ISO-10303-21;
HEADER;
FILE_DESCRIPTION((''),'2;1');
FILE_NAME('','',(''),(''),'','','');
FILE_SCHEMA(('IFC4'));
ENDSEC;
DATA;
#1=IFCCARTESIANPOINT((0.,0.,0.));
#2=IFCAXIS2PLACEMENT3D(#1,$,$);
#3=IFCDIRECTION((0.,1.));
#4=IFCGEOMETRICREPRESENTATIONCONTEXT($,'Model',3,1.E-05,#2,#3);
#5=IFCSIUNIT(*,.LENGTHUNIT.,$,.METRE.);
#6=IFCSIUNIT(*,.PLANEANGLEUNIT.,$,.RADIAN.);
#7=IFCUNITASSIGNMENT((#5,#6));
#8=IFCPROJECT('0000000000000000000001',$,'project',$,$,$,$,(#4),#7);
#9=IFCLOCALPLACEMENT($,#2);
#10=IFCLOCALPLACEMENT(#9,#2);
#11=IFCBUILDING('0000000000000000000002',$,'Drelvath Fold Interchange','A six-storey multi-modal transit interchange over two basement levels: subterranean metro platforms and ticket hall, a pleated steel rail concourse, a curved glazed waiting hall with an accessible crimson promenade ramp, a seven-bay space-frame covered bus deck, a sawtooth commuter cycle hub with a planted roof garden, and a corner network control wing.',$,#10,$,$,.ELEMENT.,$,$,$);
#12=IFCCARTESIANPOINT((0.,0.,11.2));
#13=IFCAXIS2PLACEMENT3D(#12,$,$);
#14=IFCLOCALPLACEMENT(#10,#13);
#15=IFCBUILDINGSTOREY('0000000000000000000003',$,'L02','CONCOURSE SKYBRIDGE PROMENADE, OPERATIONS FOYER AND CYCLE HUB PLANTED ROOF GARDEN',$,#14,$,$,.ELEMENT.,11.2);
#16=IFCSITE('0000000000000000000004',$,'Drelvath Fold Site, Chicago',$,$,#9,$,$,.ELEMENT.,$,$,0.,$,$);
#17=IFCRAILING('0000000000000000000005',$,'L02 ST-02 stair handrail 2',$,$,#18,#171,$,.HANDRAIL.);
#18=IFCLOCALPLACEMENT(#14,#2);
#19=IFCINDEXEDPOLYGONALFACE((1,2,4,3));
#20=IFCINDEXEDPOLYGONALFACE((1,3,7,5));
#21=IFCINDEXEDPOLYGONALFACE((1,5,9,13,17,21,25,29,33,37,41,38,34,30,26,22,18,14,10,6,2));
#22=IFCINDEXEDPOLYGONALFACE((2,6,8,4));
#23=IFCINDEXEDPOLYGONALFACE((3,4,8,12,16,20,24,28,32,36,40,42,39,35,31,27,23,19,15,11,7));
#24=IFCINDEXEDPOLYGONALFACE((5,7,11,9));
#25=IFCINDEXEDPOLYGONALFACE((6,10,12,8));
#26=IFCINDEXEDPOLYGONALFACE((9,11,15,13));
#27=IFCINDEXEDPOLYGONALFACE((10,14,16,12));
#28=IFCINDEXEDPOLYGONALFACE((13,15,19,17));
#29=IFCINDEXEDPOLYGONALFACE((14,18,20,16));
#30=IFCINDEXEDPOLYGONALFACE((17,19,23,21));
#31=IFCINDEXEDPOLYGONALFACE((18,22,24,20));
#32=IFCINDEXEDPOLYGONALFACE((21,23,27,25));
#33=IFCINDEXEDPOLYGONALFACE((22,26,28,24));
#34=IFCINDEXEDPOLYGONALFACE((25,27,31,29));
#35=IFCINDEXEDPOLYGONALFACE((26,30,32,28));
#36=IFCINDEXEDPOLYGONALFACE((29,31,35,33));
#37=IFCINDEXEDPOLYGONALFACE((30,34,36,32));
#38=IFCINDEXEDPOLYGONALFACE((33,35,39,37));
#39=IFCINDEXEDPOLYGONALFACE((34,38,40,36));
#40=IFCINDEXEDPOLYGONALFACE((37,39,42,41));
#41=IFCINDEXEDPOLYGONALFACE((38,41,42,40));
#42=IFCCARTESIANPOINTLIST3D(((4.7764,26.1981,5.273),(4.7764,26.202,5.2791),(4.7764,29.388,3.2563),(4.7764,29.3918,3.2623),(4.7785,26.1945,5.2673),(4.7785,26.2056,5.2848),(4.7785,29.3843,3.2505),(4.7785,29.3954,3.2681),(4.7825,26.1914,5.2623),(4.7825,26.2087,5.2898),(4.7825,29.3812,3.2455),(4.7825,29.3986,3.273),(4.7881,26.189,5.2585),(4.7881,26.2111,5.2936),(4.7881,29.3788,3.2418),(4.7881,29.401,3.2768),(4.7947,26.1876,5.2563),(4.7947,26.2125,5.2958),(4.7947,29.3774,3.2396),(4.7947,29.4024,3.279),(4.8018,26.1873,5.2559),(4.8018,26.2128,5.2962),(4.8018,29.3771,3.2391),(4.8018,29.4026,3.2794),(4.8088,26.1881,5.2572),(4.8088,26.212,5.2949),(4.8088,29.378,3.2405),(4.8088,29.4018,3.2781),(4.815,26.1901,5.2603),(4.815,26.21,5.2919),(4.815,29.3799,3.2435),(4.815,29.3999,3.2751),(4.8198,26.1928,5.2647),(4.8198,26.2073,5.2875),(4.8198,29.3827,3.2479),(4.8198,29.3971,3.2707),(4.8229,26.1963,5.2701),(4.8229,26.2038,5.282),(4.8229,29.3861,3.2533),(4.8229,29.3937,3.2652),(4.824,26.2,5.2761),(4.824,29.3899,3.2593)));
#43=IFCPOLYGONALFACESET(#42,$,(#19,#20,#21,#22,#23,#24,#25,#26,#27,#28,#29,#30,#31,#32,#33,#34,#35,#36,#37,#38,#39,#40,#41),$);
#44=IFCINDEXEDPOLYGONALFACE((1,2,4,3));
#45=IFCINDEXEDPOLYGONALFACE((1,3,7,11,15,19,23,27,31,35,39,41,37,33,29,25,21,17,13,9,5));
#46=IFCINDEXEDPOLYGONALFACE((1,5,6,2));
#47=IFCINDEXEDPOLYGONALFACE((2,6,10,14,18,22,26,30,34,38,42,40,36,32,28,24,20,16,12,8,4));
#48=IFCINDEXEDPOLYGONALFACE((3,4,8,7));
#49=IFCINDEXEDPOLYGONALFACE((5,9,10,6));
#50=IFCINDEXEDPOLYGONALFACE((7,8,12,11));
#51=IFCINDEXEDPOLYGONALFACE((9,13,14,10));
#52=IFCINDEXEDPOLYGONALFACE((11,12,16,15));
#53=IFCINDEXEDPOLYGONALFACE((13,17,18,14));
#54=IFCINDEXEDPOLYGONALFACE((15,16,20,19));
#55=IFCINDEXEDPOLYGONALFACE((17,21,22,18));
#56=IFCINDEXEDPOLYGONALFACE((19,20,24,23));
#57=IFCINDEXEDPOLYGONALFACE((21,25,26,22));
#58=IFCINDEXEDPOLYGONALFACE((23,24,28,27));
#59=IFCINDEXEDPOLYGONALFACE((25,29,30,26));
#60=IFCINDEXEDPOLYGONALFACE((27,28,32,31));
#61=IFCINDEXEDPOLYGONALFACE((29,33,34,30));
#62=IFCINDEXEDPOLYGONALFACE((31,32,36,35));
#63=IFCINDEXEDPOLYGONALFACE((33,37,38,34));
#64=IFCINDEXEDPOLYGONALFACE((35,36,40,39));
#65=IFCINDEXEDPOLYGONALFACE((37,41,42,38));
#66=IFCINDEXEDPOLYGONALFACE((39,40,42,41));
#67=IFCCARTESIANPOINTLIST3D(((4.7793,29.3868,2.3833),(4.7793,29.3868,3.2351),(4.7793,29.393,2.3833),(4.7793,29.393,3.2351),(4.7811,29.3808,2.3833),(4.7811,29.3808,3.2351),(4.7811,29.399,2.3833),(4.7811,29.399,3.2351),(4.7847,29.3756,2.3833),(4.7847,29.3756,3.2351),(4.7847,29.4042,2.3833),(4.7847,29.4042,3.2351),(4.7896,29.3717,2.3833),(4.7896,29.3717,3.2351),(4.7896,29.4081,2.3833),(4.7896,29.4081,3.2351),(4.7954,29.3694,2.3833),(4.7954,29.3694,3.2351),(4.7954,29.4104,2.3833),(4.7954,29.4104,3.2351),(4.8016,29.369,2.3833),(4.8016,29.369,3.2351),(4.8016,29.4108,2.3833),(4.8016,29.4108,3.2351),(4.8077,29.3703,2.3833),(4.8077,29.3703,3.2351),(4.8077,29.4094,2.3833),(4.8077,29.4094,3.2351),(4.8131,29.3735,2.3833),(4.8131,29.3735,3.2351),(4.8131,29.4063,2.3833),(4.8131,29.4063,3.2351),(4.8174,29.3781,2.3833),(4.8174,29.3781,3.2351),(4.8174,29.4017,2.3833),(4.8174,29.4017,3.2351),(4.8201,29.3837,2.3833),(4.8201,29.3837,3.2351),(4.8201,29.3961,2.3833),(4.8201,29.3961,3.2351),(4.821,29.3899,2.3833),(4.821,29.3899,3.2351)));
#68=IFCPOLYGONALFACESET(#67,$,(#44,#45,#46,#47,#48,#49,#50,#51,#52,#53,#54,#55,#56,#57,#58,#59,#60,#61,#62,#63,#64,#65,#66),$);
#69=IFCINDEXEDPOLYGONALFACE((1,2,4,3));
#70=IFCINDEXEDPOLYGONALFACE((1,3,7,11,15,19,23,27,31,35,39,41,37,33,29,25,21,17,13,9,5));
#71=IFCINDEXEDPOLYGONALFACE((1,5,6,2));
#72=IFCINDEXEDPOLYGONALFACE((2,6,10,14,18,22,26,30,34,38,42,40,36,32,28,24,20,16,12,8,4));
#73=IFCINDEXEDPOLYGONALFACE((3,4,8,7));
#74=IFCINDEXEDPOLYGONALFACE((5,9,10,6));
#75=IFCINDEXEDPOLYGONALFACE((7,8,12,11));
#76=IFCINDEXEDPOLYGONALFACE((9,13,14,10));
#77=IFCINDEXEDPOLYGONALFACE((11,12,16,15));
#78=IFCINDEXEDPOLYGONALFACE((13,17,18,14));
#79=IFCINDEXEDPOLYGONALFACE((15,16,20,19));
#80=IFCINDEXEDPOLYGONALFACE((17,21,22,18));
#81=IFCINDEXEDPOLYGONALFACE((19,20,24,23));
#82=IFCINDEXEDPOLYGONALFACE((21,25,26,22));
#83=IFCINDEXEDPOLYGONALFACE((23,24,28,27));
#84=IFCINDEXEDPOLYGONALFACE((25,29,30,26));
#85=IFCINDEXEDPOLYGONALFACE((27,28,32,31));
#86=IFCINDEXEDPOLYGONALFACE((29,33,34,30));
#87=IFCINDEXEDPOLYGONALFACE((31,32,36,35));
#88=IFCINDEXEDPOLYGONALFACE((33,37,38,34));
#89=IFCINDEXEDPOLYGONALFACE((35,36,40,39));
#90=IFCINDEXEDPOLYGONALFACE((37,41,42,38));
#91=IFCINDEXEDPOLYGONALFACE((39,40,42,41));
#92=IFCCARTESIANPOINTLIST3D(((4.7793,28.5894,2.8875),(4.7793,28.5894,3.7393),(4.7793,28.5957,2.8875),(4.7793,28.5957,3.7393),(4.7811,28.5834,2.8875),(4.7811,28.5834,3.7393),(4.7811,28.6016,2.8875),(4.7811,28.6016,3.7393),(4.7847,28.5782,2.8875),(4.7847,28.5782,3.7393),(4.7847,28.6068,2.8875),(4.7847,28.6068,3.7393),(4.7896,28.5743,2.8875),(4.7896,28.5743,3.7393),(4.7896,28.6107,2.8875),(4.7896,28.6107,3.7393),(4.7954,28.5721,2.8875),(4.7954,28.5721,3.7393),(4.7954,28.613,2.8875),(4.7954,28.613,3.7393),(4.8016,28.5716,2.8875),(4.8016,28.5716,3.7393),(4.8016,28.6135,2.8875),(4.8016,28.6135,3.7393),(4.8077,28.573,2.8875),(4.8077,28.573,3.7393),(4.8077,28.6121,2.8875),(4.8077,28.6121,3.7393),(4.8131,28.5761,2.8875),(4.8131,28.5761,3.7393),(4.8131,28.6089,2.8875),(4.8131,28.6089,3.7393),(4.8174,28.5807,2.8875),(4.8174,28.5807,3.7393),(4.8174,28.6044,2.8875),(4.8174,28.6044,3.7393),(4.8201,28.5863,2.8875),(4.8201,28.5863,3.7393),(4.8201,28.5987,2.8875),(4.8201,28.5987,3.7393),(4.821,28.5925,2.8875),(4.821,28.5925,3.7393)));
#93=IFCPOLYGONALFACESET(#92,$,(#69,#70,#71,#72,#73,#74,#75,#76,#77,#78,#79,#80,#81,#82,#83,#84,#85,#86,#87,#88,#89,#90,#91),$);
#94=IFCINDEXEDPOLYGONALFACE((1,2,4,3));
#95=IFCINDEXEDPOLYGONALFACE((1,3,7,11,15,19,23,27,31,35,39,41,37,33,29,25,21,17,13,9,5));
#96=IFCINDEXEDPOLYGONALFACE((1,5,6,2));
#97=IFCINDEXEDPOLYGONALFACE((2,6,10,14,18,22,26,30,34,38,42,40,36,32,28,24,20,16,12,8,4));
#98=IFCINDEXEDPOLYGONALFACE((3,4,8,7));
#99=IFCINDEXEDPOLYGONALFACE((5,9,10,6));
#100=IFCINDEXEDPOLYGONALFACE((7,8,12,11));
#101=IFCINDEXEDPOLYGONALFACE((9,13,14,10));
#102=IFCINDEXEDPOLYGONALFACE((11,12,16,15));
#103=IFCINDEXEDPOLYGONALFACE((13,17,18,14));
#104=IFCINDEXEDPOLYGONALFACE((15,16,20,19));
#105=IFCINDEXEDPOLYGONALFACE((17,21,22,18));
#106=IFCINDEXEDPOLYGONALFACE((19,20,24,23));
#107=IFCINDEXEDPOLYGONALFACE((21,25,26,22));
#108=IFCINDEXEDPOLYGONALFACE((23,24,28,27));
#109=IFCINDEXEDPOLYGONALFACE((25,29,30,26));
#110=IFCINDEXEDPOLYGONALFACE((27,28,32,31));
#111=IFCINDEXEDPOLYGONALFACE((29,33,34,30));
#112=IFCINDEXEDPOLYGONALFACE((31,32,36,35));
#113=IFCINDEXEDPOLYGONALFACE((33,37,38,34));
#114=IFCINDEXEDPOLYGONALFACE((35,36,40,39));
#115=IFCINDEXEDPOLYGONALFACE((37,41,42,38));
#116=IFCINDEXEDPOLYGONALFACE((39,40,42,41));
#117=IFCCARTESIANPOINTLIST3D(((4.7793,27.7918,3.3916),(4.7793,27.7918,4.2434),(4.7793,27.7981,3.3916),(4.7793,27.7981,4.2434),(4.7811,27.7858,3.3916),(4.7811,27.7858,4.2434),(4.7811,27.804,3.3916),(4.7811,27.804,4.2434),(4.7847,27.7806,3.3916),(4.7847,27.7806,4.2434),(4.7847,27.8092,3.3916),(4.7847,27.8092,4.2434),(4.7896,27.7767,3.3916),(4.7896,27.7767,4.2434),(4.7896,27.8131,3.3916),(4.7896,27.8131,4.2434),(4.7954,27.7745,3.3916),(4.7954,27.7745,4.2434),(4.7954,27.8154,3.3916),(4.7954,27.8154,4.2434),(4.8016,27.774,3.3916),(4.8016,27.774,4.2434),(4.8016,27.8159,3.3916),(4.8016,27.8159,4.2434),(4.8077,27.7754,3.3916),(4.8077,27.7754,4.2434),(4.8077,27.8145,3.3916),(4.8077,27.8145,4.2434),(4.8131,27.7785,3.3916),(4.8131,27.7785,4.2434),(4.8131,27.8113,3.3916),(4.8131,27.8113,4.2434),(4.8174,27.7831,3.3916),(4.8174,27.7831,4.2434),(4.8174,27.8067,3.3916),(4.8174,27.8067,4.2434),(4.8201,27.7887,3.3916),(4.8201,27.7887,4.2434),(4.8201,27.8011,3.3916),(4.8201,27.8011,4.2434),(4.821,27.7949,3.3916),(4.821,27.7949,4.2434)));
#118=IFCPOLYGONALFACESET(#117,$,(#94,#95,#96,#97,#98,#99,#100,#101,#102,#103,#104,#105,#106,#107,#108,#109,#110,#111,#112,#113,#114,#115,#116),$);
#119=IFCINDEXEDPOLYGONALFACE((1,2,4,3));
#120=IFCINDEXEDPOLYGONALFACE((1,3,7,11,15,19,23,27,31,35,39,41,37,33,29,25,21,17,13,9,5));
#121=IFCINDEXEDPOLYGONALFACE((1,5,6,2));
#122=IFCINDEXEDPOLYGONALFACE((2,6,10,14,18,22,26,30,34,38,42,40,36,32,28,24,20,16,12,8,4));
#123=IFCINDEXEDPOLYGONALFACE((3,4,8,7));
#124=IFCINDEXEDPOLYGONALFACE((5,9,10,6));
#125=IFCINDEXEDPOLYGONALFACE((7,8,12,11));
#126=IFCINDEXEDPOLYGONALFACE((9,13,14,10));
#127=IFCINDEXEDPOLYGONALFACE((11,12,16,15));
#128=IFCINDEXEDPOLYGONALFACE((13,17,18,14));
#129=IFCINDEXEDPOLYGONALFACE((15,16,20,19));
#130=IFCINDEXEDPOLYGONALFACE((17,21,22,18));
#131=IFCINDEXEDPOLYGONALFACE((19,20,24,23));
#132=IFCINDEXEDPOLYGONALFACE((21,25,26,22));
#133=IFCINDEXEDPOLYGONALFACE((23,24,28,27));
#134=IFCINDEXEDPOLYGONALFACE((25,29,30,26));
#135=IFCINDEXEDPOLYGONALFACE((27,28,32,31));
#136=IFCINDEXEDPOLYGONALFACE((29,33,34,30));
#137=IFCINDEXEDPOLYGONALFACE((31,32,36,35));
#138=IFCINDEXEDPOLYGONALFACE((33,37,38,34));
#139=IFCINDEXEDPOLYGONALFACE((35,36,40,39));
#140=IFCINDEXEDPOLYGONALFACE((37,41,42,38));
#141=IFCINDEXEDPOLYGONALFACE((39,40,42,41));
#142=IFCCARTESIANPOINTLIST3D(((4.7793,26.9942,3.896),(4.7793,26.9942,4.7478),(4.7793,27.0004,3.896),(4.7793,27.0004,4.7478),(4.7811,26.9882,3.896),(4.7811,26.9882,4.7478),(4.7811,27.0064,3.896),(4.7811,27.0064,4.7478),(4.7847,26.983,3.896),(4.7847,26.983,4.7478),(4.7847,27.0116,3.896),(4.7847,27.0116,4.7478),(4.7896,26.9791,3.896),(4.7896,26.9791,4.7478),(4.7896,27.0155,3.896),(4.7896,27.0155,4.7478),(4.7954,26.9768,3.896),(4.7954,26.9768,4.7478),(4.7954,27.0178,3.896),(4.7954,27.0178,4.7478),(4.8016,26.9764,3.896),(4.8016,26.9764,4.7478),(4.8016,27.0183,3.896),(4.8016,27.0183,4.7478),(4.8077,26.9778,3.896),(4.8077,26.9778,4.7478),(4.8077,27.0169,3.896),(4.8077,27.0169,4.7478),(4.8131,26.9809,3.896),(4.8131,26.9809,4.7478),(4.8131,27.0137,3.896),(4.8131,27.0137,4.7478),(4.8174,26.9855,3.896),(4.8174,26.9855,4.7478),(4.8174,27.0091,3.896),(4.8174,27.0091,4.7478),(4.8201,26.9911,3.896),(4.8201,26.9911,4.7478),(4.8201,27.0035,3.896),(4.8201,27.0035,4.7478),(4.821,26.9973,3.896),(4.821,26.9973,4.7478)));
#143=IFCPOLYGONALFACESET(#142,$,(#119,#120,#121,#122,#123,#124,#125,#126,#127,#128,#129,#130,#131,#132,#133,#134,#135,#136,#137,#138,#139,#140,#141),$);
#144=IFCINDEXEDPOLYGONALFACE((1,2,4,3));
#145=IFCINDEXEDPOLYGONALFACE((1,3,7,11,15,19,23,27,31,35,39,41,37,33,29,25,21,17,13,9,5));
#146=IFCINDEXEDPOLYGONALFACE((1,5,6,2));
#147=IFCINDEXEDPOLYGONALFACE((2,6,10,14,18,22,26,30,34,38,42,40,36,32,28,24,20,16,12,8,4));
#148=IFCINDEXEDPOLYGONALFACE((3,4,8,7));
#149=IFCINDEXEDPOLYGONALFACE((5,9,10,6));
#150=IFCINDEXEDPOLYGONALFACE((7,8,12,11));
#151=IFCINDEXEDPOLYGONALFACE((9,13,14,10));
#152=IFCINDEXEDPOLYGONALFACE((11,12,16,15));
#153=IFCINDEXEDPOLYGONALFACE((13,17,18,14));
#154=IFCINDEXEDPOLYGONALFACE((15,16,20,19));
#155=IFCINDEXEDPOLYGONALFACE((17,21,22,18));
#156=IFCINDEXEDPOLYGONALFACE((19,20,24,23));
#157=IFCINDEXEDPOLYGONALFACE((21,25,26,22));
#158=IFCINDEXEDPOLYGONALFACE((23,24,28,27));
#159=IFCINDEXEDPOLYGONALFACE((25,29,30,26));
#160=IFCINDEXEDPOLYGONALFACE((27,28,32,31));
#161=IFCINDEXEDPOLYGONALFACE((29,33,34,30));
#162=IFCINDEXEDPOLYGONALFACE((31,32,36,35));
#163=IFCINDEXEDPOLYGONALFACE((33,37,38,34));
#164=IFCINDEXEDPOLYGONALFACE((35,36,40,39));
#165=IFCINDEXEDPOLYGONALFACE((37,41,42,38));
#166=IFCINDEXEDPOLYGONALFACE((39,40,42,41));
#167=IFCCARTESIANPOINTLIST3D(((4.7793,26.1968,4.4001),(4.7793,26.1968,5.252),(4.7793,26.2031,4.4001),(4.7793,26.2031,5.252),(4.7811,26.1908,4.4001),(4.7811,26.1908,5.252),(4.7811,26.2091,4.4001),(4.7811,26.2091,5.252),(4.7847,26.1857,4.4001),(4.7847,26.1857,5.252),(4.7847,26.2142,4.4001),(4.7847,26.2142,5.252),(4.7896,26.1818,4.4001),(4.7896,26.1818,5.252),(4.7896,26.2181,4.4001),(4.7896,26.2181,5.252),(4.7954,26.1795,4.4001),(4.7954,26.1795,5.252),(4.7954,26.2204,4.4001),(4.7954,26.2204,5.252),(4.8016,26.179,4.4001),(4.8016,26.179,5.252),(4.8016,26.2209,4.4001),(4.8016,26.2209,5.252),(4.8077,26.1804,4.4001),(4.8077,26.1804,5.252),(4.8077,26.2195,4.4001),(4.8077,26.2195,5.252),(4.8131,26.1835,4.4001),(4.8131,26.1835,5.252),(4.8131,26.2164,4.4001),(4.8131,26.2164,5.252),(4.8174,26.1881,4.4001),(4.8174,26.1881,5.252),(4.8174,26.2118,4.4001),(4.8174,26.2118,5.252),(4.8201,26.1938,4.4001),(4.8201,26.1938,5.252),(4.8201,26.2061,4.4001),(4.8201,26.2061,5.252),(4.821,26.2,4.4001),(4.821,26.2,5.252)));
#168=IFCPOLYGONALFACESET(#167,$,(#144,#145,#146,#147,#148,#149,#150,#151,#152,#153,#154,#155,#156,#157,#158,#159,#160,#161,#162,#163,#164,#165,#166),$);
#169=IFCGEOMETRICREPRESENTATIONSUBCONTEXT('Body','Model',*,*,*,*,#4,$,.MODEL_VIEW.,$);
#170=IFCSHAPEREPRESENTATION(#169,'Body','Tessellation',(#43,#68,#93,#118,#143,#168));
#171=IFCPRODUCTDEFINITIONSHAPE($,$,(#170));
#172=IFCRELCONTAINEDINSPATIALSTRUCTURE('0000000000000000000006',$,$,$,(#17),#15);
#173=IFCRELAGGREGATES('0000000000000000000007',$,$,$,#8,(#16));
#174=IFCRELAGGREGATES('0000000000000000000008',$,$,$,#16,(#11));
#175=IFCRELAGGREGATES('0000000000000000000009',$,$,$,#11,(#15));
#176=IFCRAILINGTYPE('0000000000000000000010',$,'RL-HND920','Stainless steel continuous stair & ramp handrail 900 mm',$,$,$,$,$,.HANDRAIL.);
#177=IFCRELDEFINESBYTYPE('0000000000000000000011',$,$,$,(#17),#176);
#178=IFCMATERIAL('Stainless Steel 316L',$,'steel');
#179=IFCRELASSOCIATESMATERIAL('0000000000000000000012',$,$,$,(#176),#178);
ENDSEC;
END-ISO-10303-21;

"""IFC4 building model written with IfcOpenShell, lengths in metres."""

from ifc_helpers import new_model, si_unit, direction, frame, origin, origin_2d, place, context, subcontext, project, spatial, circle, extrude, material, type_object, element, save


model = new_model("IFC4")

# Units and contexts
model_context = context("Model", 3, precision=1e-05, world=origin(), true_north=direction((0.0, 1.0)))
body_context = subcontext(model_context, "Body", "Model", "MODEL_VIEW")
ifc_project = project(units=[si_unit("LENGTHUNIT", "METRE"), si_unit("PLANEANGLEUNIT", "RADIAN")], contexts=[model_context])

# Site, building, storey
site_placement = place(None, origin())
site = spatial("IfcSite", under=ifc_project, at=site_placement, Name="Drelvath Fold Site, Chicago", CompositionType="ELEMENT", RefElevation=0.0)
building_placement = place(site_placement, origin())
building = spatial("IfcBuilding", under=site, at=building_placement, Name="Drelvath Fold Interchange", Description="A six-storey multi-modal transit interchange over two basement levels: subterranean metro platforms and ticket hall, a pleated steel rail concourse, a curved glazed waiting hall with an accessible crimson promenade ramp, a seven-bay space-frame covered bus deck, a sawtooth commuter cycle hub with a planted roof garden, and a corner network control wing.", CompositionType="ELEMENT")
storey_placement = place(building_placement, frame((0.0, 0.0, 11.2)))
storey = spatial("IfcBuildingStorey", under=building, at=storey_placement, Name="L02", Description="CONCOURSE SKYBRIDGE PROMENADE, OPERATIONS FOYER AND CYCLE HUB PLANTED ROOF GARDEN", CompositionType="ELEMENT", Elevation=11.2)

# Railing
ifc_material_1 = material(Name="Stainless Steel 316L", Category="steel")
railing_type_1 = type_object("IfcRailingType", Name="RL-HND920", Description="Stainless steel continuous stair & ramp handrail 900 mm", PredefinedType="HANDRAIL", material=ifc_material_1)
railing_1_placement = place(storey_placement, frame((4.8, 29.3899, 2.3833)))
element("IfcRailing", 1, at=railing_1_placement, inside=storey, type_object=railing_type_1, Name="L02 ST-02 stair handrail 2", PredefinedType="HANDRAIL", context=body_context, shape_type="SweptSolid", body=[
    extrude(circle(Radius=0.0239, at=origin_2d()), frame((0.0, 0.0, 0.876), z_axis=(0.0, -0.845232, 0.534399), x_axis=(1.0, 0.0, 0.0)), (0.0, 0.0, 1.0), 3.7739),
    extrude(circle(Radius=0.021, at=origin_2d()), origin(), (0.0, 0.0, 1.0), 0.8518),
    extrude(circle(Radius=0.021, at=origin_2d()), frame((0.0, -0.7974, 0.5042)), (0.0, 0.0, 1.0), 0.8518),
    extrude(circle(Radius=0.021, at=origin_2d()), frame((0.0, -1.595, 1.0083)), (0.0, 0.0, 1.0), 0.8518),
    extrude(circle(Radius=0.021, at=origin_2d()), frame((0.0, -2.3926, 1.5127)), (0.0, 0.0, 1.0), 0.8518),
    extrude(circle(Radius=0.021, at=origin_2d()), frame((0.0, -3.1899, 2.0168)), (0.0, 0.0, 1.0), 0.8518),
])

save(model, "model.ifc")
